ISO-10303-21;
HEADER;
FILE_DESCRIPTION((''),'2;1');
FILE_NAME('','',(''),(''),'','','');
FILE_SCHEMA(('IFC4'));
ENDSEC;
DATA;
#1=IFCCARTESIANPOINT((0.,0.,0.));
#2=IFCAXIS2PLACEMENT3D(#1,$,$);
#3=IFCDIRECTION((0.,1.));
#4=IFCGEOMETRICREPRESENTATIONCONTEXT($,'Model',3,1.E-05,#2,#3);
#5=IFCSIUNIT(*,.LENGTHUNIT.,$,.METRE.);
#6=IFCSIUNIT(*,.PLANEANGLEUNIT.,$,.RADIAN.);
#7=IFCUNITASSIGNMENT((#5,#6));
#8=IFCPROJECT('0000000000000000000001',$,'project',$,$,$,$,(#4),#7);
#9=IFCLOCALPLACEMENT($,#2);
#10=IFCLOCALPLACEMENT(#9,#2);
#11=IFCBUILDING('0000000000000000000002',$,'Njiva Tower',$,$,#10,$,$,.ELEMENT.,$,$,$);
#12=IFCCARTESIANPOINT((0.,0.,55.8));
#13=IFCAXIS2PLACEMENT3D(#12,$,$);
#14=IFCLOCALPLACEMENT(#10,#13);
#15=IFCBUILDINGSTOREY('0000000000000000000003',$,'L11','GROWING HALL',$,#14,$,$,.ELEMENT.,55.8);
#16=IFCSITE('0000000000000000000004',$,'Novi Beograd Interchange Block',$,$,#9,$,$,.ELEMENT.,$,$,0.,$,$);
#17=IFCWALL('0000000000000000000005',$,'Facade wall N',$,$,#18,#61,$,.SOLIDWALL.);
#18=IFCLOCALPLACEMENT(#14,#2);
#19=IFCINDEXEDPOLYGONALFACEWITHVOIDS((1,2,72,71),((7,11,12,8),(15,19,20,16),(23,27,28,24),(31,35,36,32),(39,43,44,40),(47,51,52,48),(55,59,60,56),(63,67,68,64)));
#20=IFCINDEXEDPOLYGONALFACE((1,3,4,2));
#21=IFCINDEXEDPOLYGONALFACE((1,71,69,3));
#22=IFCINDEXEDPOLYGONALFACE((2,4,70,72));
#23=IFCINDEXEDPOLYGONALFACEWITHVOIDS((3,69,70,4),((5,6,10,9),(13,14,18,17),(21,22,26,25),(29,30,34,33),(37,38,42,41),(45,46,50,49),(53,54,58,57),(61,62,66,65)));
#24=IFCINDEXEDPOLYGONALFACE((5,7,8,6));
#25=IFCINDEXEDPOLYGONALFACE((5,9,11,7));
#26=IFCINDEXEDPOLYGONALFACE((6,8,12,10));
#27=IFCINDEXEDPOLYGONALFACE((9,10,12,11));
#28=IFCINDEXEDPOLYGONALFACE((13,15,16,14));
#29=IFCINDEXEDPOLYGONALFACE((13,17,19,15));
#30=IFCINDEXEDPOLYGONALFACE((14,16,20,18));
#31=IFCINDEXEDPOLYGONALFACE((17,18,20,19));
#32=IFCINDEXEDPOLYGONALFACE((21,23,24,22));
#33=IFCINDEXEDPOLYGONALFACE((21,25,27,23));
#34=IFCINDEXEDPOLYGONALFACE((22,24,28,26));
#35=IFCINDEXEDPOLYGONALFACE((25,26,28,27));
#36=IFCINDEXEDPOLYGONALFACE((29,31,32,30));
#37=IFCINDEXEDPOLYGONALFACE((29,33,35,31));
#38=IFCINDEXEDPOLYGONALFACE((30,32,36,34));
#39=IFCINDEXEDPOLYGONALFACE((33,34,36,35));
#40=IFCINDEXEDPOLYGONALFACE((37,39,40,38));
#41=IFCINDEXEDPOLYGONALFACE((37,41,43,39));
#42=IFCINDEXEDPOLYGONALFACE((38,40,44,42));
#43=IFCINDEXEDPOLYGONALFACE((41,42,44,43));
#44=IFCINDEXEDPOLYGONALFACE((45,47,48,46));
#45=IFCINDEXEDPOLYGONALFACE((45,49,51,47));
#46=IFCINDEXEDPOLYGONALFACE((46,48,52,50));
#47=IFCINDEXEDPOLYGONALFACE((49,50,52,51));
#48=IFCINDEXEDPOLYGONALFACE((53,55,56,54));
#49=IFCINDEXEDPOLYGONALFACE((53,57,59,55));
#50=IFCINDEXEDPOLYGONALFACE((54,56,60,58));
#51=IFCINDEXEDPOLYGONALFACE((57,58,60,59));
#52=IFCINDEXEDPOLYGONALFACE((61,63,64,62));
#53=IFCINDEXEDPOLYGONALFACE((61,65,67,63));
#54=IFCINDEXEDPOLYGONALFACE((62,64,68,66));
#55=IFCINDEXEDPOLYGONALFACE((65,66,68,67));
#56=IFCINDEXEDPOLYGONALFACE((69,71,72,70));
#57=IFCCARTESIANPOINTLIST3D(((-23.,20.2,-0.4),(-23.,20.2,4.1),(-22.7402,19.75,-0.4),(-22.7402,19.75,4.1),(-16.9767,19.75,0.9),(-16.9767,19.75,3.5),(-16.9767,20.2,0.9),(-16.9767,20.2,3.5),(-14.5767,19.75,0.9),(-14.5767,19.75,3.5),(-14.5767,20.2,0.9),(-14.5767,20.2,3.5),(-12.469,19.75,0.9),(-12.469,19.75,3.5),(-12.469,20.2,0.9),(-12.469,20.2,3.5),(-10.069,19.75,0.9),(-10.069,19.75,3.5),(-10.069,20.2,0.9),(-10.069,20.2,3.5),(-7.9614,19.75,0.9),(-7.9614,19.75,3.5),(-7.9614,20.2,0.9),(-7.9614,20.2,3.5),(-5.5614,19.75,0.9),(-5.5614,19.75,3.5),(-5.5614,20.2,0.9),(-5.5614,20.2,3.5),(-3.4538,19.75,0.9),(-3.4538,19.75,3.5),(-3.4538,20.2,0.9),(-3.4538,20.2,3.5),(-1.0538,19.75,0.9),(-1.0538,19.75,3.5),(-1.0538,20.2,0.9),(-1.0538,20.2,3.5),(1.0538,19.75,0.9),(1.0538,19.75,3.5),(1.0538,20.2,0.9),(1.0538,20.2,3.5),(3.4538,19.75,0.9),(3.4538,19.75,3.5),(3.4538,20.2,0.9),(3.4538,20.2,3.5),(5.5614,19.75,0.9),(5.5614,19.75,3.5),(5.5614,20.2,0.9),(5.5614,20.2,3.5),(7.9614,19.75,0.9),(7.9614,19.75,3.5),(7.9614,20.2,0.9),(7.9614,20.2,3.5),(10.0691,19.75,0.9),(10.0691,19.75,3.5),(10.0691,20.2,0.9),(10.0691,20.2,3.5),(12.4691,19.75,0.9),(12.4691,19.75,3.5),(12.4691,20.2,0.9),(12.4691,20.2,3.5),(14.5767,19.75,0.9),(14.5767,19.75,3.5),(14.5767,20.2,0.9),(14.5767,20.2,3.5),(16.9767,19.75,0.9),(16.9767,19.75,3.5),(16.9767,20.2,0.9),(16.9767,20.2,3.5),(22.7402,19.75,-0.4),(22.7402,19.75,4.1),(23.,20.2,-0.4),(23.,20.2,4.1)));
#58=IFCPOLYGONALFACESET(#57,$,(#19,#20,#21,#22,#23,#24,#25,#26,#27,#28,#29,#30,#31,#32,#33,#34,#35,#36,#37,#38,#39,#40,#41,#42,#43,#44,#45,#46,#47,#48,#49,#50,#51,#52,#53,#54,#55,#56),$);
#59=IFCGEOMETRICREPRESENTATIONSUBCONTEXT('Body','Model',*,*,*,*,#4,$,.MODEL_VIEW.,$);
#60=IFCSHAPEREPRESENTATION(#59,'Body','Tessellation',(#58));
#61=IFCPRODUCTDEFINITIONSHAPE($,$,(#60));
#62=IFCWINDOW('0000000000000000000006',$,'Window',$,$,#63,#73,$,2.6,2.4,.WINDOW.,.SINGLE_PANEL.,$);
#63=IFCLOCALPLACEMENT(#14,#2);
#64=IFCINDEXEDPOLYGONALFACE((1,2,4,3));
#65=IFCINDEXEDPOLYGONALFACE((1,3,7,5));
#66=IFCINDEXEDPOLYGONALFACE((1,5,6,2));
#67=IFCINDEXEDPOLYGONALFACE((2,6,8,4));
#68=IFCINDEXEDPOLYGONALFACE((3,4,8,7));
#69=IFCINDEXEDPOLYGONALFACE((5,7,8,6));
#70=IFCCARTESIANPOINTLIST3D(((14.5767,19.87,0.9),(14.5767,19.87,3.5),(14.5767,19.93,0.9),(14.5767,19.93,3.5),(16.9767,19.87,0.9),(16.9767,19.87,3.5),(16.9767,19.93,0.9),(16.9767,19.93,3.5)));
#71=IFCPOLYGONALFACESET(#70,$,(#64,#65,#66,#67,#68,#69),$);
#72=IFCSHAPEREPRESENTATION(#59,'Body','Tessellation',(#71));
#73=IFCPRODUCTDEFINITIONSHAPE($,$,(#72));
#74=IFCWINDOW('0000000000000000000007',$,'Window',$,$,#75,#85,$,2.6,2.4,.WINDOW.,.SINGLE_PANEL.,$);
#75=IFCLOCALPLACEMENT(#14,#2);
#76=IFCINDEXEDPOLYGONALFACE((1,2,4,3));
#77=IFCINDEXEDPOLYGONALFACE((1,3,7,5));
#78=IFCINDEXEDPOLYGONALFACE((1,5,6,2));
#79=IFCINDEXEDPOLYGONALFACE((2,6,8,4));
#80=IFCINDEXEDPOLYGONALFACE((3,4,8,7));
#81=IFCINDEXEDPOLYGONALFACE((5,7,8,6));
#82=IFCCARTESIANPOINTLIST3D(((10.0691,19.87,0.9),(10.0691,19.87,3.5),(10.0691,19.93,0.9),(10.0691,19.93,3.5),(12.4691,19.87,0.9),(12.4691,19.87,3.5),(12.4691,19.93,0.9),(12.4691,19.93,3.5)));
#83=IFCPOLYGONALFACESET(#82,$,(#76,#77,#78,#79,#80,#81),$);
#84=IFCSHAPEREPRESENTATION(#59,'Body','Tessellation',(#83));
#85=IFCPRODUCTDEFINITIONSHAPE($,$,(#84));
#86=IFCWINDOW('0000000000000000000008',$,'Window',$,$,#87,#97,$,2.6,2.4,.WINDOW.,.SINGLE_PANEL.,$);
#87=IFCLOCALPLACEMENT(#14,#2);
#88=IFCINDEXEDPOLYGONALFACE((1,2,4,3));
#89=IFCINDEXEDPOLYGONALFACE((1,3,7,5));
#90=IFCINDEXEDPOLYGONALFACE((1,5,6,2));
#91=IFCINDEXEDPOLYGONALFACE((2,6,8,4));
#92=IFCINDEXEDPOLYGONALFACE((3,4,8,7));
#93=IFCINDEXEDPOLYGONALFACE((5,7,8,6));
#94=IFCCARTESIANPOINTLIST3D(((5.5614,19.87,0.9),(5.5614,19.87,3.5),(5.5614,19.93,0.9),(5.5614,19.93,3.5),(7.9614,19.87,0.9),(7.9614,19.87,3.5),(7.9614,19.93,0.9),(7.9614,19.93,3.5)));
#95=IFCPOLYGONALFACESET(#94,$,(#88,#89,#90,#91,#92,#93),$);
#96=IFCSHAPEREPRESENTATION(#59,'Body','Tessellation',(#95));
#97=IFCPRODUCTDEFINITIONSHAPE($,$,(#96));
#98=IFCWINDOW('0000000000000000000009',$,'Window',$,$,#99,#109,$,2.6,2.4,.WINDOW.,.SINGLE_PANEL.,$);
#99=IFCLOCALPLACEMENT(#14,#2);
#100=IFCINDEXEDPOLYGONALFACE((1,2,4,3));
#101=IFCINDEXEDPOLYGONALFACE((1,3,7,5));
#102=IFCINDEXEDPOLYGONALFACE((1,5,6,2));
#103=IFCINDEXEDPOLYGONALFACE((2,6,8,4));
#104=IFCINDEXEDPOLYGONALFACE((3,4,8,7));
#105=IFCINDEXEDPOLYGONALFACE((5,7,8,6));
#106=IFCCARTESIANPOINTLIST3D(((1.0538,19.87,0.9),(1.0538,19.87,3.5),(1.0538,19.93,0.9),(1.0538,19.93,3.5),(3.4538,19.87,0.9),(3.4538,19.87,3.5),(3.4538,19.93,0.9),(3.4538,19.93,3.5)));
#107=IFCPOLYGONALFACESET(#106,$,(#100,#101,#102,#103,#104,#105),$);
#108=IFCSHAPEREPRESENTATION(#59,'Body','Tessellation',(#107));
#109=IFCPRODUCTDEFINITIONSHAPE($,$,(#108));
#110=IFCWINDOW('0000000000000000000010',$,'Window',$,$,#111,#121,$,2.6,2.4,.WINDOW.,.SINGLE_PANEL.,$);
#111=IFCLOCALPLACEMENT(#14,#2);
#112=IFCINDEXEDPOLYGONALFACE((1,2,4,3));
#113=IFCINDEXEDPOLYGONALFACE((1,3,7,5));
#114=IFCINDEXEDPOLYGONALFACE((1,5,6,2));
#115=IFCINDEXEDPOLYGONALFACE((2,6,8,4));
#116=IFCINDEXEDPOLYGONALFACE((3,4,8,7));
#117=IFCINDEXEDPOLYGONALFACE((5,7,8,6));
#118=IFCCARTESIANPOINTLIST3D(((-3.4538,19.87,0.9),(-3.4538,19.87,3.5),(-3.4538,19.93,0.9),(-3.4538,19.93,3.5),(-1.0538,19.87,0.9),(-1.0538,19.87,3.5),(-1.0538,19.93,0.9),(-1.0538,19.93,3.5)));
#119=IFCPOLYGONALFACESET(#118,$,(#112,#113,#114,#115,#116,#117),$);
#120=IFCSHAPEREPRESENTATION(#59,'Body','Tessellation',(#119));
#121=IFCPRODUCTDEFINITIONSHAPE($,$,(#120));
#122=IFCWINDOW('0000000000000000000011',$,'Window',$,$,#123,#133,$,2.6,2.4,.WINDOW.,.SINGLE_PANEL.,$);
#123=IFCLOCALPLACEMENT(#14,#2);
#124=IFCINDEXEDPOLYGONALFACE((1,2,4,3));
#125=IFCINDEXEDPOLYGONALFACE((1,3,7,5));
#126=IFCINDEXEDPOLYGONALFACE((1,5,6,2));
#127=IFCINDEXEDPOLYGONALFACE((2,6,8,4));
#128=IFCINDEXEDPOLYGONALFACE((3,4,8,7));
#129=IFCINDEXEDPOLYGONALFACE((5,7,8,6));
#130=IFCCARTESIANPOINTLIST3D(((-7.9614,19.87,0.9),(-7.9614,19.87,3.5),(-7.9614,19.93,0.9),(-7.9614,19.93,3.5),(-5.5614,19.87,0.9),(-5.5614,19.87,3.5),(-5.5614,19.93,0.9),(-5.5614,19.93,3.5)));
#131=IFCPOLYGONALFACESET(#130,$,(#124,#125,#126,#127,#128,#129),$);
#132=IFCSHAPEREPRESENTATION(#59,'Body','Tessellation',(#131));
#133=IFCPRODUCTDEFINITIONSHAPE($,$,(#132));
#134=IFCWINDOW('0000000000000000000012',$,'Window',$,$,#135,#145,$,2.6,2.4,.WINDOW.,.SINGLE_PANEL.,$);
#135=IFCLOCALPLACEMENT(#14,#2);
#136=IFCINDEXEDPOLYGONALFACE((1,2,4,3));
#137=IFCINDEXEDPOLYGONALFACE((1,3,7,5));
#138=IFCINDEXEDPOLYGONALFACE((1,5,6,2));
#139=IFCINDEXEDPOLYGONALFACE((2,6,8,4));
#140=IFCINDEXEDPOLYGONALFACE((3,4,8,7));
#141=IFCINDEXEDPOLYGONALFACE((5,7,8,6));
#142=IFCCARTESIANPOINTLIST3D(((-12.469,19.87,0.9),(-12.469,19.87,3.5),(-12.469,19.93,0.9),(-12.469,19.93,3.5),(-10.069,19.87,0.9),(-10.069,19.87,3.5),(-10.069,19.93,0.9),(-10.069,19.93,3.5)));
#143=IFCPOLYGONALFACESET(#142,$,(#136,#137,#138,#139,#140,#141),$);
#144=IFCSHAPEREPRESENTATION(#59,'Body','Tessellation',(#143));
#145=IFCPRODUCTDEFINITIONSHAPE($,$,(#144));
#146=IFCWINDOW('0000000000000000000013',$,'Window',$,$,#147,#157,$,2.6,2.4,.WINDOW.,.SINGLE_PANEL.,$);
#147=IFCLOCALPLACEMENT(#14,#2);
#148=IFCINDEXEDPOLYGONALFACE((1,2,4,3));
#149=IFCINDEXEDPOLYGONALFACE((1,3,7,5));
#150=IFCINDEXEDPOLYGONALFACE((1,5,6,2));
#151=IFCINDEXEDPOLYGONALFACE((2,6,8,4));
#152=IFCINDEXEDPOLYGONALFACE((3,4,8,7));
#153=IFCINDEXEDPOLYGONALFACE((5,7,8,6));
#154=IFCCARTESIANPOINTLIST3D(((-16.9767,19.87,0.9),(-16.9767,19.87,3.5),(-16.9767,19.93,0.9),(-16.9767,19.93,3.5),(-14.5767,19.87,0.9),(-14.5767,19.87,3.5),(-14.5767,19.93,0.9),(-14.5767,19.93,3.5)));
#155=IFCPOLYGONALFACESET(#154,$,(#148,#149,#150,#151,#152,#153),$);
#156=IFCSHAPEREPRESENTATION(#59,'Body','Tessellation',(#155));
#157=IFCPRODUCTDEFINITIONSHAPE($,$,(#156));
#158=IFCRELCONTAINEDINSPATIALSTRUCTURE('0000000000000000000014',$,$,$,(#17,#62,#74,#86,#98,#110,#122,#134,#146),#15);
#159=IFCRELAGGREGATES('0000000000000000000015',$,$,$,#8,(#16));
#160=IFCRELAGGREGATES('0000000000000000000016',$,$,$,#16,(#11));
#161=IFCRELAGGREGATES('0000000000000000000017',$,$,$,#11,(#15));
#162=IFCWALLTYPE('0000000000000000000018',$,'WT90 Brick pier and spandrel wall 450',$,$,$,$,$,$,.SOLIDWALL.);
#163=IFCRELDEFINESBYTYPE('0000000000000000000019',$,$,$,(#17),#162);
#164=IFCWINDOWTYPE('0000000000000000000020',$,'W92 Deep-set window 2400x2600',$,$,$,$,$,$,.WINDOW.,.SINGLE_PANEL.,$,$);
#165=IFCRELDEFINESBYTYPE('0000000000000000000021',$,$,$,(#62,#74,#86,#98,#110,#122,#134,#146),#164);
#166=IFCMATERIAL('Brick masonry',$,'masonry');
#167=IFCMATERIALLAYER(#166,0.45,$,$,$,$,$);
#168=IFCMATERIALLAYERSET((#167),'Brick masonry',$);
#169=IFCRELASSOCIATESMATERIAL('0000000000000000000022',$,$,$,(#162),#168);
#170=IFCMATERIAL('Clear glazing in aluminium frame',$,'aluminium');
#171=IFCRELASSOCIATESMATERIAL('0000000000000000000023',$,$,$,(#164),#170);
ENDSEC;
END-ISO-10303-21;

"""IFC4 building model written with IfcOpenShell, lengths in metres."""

from ifc_helpers import new_model, si_unit, direction, frame, frame_2d, origin, place, context, subcontext, project, spatial, polyline, rectangle, outline, extrude, material, layer, layer_set, type_object, element, fill, save


model = new_model("IFC4")

# Units and contexts
model_context = context("Model", 3, precision=1e-05, world=origin(), true_north=direction((0.0, 1.0)))
body_context = subcontext(model_context, "Body", "Model", "MODEL_VIEW")
ifc_project = project(units=[si_unit("LENGTHUNIT", "METRE"), si_unit("PLANEANGLEUNIT", "RADIAN")], contexts=[model_context])

# Site, building, storey
site_placement = place(None, origin())
site = spatial("IfcSite", under=ifc_project, at=site_placement, Name="Novi Beograd Interchange Block", CompositionType="ELEMENT", RefElevation=0.0)
building_placement = place(site_placement, origin())
building = spatial("IfcBuilding", under=site, at=building_placement, Name="Njiva Tower", CompositionType="ELEMENT")
storey_placement = place(building_placement, frame((0.0, 0.0, 55.8)))
storey = spatial("IfcBuildingStorey", under=building, at=storey_placement, Name="L11", Description="GROWING HALL", CompositionType="ELEMENT", Elevation=55.8)

# Wall, openings, windows
ifc_material_1 = material(Name="Brick masonry", Category="masonry")
ifc_layer_1 = layer(ifc_material_1, 0.45)
ifc_layer_set_1 = layer_set([ifc_layer_1], Name="Brick masonry")
wall_type_1 = type_object("IfcWallType", Name="WT90 Brick pier and spandrel wall 450", PredefinedType="SOLIDWALL", material=ifc_layer_set_1)
wall_1_placement = place(storey_placement, frame((22.8701, 19.975, -0.4), z_axis=(0.0, 0.0, 1.0), x_axis=(-1.0, 0.0, 0.0)))
wall_1 = element("IfcWall", 1, at=wall_1_placement, inside=storey, type_object=wall_type_1, Name="Facade wall N", PredefinedType="SOLIDWALL", context=body_context, shape_type="SweptSolid", body=[
    extrude(outline(polyline([(-0.1299, -0.225), (45.8701, -0.225), (45.6103, 0.225), (0.1299, 0.225), (-0.1299, -0.225)])), origin(), (0.0, 0.0, 1.0), 4.5),
])
opening_1_placement = place(wall_1_placement, frame((5.8934, 0.0, 1.3)))
opening_1 = element("IfcOpeningElement", 2, at=opening_1_placement, cuts=wall_1, PredefinedType="OPENING", context=body_context, shape_type="SweptSolid", body=[
    extrude(rectangle(XDim=2.4, YDim=2.6, at=frame_2d((1.2, 1.3))), frame((0.0, 0.235, 0.0), z_axis=(0.0, -1.0, 0.0), x_axis=(1.0, 0.0, 0.0)), (0.0, 0.0, 1.0), 0.47),
])
opening_2_placement = place(wall_1_placement, frame((10.401, 0.0, 1.3)))
opening_2 = element("IfcOpeningElement", 3, at=opening_2_placement, cuts=wall_1, PredefinedType="OPENING", context=body_context, shape_type="SweptSolid", body=[
    extrude(rectangle(XDim=2.4, YDim=2.6, at=frame_2d((1.2, 1.3))), frame((0.0, 0.235, 0.0), z_axis=(0.0, -1.0, 0.0), x_axis=(1.0, 0.0, 0.0)), (0.0, 0.0, 1.0), 0.47),
])
opening_3_placement = place(wall_1_placement, frame((14.9087, 0.0, 1.3)))
opening_3 = element("IfcOpeningElement", 4, at=opening_3_placement, cuts=wall_1, PredefinedType="OPENING", context=body_context, shape_type="SweptSolid", body=[
    extrude(rectangle(XDim=2.4, YDim=2.6, at=frame_2d((1.2, 1.3))), frame((0.0, 0.235, 0.0), z_axis=(0.0, -1.0, 0.0), x_axis=(1.0, 0.0, 0.0)), (0.0, 0.0, 1.0), 0.47),
])
opening_4_placement = place(wall_1_placement, frame((19.4163, 0.0, 1.3)))
opening_4 = element("IfcOpeningElement", 5, at=opening_4_placement, cuts=wall_1, PredefinedType="OPENING", context=body_context, shape_type="SweptSolid", body=[
    extrude(rectangle(XDim=2.4, YDim=2.6, at=frame_2d((1.2, 1.3))), frame((0.0, 0.235, 0.0), z_axis=(0.0, -1.0, 0.0), x_axis=(1.0, 0.0, 0.0)), (0.0, 0.0, 1.0), 0.47),
])
opening_5_placement = place(wall_1_placement, frame((23.9239, 0.0, 1.3)))
opening_5 = element("IfcOpeningElement", 6, at=opening_5_placement, cuts=wall_1, PredefinedType="OPENING", context=body_context, shape_type="SweptSolid", body=[
    extrude(rectangle(XDim=2.4, YDim=2.6, at=frame_2d((1.2, 1.3))), frame((0.0, 0.235, 0.0), z_axis=(0.0, -1.0, 0.0), x_axis=(1.0, 0.0, 0.0)), (0.0, 0.0, 1.0), 0.47),
])
opening_6_placement = place(wall_1_placement, frame((28.4315, 0.0, 1.3)))
opening_6 = element("IfcOpeningElement", 7, at=opening_6_placement, cuts=wall_1, PredefinedType="OPENING", context=body_context, shape_type="SweptSolid", body=[
    extrude(rectangle(XDim=2.4, YDim=2.6, at=frame_2d((1.2, 1.3))), frame((0.0, 0.235, 0.0), z_axis=(0.0, -1.0, 0.0), x_axis=(1.0, 0.0, 0.0)), (0.0, 0.0, 1.0), 0.47),
])
opening_7_placement = place(wall_1_placement, frame((32.9391, 0.0, 1.3)))
opening_7 = element("IfcOpeningElement", 8, at=opening_7_placement, cuts=wall_1, PredefinedType="OPENING", context=body_context, shape_type="SweptSolid", body=[
    extrude(rectangle(XDim=2.4, YDim=2.6, at=frame_2d((1.2, 1.3))), frame((0.0, 0.235, 0.0), z_axis=(0.0, -1.0, 0.0), x_axis=(1.0, 0.0, 0.0)), (0.0, 0.0, 1.0), 0.47),
])
opening_8_placement = place(wall_1_placement, frame((37.4468, 0.0, 1.3)))
opening_8 = element("IfcOpeningElement", 9, at=opening_8_placement, cuts=wall_1, PredefinedType="OPENING", context=body_context, shape_type="SweptSolid", body=[
    extrude(rectangle(XDim=2.4, YDim=2.6, at=frame_2d((1.2, 1.3))), frame((0.0, 0.235, 0.0), z_axis=(0.0, -1.0, 0.0), x_axis=(1.0, 0.0, 0.0)), (0.0, 0.0, 1.0), 0.47),
])
ifc_material_2 = material(Name="Clear glazing in aluminium frame", Category="aluminium")
window_type = type_object("IfcWindowType", Name="W92 Deep-set window 2400x2600", PartitioningType="SINGLE_PANEL", PredefinedType="WINDOW", material=ifc_material_2)
window_1_placement = place(opening_1_placement, origin())
window_1 = element("IfcWindow", 10, at=window_1_placement, inside=storey, type_object=window_type, Name="Window", OverallHeight=2.6, OverallWidth=2.4, PartitioningType="SINGLE_PANEL", PredefinedType="WINDOW", context=body_context, shape_type="SweptSolid", body=[
    extrude(rectangle(XDim=2.4, YDim=2.6, at=frame_2d((1.2, 1.3))), frame((0.0, 0.105, 0.0), z_axis=(0.0, -1.0, 0.0), x_axis=(1.0, 0.0, 0.0)), (0.0, 0.0, 1.0), 0.06),
])
fill(opening_1, window_1)
window_2_placement = place(opening_2_placement, origin())
window_2 = element("IfcWindow", 11, at=window_2_placement, inside=storey, type_object=window_type, Name="Window", OverallHeight=2.6, OverallWidth=2.4, PartitioningType="SINGLE_PANEL", PredefinedType="WINDOW", context=body_context, shape_type="SweptSolid", body=[
    extrude(rectangle(XDim=2.4, YDim=2.6, at=frame_2d((1.2, 1.3))), frame((0.0, 0.105, 0.0), z_axis=(0.0, -1.0, 0.0), x_axis=(1.0, 0.0, 0.0)), (0.0, 0.0, 1.0), 0.06),
])
fill(opening_2, window_2)
window_3_placement = place(opening_3_placement, origin())
window_3 = element("IfcWindow", 12, at=window_3_placement, inside=storey, type_object=window_type, Name="Window", OverallHeight=2.6, OverallWidth=2.4, PartitioningType="SINGLE_PANEL", PredefinedType="WINDOW", context=body_context, shape_type="SweptSolid", body=[
    extrude(rectangle(XDim=2.4, YDim=2.6, at=frame_2d((1.2, 1.3))), frame((0.0, 0.105, 0.0), z_axis=(0.0, -1.0, 0.0), x_axis=(1.0, 0.0, 0.0)), (0.0, 0.0, 1.0), 0.06),
])
fill(opening_3, window_3)
window_4_placement = place(opening_4_placement, origin())
window_4 = element("IfcWindow", 13, at=window_4_placement, inside=storey, type_object=window_type, Name="Window", OverallHeight=2.6, OverallWidth=2.4, PartitioningType="SINGLE_PANEL", PredefinedType="WINDOW", context=body_context, shape_type="SweptSolid", body=[
    extrude(rectangle(XDim=2.4, YDim=2.6, at=frame_2d((1.2, 1.3))), frame((0.0, 0.105, 0.0), z_axis=(0.0, -1.0, 0.0), x_axis=(1.0, 0.0, 0.0)), (0.0, 0.0, 1.0), 0.06),
])
fill(opening_4, window_4)
window_5_placement = place(opening_5_placement, origin())
window_5 = element("IfcWindow", 14, at=window_5_placement, inside=storey, type_object=window_type, Name="Window", OverallHeight=2.6, OverallWidth=2.4, PartitioningType="SINGLE_PANEL", PredefinedType="WINDOW", context=body_context, shape_type="SweptSolid", body=[
    extrude(rectangle(XDim=2.4, YDim=2.6, at=frame_2d((1.2, 1.3))), frame((0.0, 0.105, 0.0), z_axis=(0.0, -1.0, 0.0), x_axis=(1.0, 0.0, 0.0)), (0.0, 0.0, 1.0), 0.06),
])
fill(opening_5, window_5)
window_6_placement = place(opening_6_placement, origin())
window_6 = element("IfcWindow", 15, at=window_6_placement, inside=storey, type_object=window_type, Name="Window", OverallHeight=2.6, OverallWidth=2.4, PartitioningType="SINGLE_PANEL", PredefinedType="WINDOW", context=body_context, shape_type="SweptSolid", body=[
    extrude(rectangle(XDim=2.4, YDim=2.6, at=frame_2d((1.2, 1.3))), frame((0.0, 0.105, 0.0), z_axis=(0.0, -1.0, 0.0), x_axis=(1.0, 0.0, 0.0)), (0.0, 0.0, 1.0), 0.06),
])
fill(opening_6, window_6)
window_7_placement = place(opening_7_placement, origin())
window_7 = element("IfcWindow", 16, at=window_7_placement, inside=storey, type_object=window_type, Name="Window", OverallHeight=2.6, OverallWidth=2.4, PartitioningType="SINGLE_PANEL", PredefinedType="WINDOW", context=body_context, shape_type="SweptSolid", body=[
    extrude(rectangle(XDim=2.4, YDim=2.6, at=frame_2d((1.2, 1.3))), frame((0.0, 0.105, 0.0), z_axis=(0.0, -1.0, 0.0), x_axis=(1.0, 0.0, 0.0)), (0.0, 0.0, 1.0), 0.06),
])
fill(opening_7, window_7)
window_8_placement = place(opening_8_placement, origin())
window_8 = element("IfcWindow", 17, at=window_8_placement, inside=storey, type_object=window_type, Name="Window", OverallHeight=2.6, OverallWidth=2.4, PartitioningType="SINGLE_PANEL", PredefinedType="WINDOW", context=body_context, shape_type="SweptSolid", body=[
    extrude(rectangle(XDim=2.4, YDim=2.6, at=frame_2d((1.2, 1.3))), frame((0.0, 0.105, 0.0), z_axis=(0.0, -1.0, 0.0), x_axis=(1.0, 0.0, 0.0)), (0.0, 0.0, 1.0), 0.06),
])
fill(opening_8, window_8)

save(model, "model.ifc")
